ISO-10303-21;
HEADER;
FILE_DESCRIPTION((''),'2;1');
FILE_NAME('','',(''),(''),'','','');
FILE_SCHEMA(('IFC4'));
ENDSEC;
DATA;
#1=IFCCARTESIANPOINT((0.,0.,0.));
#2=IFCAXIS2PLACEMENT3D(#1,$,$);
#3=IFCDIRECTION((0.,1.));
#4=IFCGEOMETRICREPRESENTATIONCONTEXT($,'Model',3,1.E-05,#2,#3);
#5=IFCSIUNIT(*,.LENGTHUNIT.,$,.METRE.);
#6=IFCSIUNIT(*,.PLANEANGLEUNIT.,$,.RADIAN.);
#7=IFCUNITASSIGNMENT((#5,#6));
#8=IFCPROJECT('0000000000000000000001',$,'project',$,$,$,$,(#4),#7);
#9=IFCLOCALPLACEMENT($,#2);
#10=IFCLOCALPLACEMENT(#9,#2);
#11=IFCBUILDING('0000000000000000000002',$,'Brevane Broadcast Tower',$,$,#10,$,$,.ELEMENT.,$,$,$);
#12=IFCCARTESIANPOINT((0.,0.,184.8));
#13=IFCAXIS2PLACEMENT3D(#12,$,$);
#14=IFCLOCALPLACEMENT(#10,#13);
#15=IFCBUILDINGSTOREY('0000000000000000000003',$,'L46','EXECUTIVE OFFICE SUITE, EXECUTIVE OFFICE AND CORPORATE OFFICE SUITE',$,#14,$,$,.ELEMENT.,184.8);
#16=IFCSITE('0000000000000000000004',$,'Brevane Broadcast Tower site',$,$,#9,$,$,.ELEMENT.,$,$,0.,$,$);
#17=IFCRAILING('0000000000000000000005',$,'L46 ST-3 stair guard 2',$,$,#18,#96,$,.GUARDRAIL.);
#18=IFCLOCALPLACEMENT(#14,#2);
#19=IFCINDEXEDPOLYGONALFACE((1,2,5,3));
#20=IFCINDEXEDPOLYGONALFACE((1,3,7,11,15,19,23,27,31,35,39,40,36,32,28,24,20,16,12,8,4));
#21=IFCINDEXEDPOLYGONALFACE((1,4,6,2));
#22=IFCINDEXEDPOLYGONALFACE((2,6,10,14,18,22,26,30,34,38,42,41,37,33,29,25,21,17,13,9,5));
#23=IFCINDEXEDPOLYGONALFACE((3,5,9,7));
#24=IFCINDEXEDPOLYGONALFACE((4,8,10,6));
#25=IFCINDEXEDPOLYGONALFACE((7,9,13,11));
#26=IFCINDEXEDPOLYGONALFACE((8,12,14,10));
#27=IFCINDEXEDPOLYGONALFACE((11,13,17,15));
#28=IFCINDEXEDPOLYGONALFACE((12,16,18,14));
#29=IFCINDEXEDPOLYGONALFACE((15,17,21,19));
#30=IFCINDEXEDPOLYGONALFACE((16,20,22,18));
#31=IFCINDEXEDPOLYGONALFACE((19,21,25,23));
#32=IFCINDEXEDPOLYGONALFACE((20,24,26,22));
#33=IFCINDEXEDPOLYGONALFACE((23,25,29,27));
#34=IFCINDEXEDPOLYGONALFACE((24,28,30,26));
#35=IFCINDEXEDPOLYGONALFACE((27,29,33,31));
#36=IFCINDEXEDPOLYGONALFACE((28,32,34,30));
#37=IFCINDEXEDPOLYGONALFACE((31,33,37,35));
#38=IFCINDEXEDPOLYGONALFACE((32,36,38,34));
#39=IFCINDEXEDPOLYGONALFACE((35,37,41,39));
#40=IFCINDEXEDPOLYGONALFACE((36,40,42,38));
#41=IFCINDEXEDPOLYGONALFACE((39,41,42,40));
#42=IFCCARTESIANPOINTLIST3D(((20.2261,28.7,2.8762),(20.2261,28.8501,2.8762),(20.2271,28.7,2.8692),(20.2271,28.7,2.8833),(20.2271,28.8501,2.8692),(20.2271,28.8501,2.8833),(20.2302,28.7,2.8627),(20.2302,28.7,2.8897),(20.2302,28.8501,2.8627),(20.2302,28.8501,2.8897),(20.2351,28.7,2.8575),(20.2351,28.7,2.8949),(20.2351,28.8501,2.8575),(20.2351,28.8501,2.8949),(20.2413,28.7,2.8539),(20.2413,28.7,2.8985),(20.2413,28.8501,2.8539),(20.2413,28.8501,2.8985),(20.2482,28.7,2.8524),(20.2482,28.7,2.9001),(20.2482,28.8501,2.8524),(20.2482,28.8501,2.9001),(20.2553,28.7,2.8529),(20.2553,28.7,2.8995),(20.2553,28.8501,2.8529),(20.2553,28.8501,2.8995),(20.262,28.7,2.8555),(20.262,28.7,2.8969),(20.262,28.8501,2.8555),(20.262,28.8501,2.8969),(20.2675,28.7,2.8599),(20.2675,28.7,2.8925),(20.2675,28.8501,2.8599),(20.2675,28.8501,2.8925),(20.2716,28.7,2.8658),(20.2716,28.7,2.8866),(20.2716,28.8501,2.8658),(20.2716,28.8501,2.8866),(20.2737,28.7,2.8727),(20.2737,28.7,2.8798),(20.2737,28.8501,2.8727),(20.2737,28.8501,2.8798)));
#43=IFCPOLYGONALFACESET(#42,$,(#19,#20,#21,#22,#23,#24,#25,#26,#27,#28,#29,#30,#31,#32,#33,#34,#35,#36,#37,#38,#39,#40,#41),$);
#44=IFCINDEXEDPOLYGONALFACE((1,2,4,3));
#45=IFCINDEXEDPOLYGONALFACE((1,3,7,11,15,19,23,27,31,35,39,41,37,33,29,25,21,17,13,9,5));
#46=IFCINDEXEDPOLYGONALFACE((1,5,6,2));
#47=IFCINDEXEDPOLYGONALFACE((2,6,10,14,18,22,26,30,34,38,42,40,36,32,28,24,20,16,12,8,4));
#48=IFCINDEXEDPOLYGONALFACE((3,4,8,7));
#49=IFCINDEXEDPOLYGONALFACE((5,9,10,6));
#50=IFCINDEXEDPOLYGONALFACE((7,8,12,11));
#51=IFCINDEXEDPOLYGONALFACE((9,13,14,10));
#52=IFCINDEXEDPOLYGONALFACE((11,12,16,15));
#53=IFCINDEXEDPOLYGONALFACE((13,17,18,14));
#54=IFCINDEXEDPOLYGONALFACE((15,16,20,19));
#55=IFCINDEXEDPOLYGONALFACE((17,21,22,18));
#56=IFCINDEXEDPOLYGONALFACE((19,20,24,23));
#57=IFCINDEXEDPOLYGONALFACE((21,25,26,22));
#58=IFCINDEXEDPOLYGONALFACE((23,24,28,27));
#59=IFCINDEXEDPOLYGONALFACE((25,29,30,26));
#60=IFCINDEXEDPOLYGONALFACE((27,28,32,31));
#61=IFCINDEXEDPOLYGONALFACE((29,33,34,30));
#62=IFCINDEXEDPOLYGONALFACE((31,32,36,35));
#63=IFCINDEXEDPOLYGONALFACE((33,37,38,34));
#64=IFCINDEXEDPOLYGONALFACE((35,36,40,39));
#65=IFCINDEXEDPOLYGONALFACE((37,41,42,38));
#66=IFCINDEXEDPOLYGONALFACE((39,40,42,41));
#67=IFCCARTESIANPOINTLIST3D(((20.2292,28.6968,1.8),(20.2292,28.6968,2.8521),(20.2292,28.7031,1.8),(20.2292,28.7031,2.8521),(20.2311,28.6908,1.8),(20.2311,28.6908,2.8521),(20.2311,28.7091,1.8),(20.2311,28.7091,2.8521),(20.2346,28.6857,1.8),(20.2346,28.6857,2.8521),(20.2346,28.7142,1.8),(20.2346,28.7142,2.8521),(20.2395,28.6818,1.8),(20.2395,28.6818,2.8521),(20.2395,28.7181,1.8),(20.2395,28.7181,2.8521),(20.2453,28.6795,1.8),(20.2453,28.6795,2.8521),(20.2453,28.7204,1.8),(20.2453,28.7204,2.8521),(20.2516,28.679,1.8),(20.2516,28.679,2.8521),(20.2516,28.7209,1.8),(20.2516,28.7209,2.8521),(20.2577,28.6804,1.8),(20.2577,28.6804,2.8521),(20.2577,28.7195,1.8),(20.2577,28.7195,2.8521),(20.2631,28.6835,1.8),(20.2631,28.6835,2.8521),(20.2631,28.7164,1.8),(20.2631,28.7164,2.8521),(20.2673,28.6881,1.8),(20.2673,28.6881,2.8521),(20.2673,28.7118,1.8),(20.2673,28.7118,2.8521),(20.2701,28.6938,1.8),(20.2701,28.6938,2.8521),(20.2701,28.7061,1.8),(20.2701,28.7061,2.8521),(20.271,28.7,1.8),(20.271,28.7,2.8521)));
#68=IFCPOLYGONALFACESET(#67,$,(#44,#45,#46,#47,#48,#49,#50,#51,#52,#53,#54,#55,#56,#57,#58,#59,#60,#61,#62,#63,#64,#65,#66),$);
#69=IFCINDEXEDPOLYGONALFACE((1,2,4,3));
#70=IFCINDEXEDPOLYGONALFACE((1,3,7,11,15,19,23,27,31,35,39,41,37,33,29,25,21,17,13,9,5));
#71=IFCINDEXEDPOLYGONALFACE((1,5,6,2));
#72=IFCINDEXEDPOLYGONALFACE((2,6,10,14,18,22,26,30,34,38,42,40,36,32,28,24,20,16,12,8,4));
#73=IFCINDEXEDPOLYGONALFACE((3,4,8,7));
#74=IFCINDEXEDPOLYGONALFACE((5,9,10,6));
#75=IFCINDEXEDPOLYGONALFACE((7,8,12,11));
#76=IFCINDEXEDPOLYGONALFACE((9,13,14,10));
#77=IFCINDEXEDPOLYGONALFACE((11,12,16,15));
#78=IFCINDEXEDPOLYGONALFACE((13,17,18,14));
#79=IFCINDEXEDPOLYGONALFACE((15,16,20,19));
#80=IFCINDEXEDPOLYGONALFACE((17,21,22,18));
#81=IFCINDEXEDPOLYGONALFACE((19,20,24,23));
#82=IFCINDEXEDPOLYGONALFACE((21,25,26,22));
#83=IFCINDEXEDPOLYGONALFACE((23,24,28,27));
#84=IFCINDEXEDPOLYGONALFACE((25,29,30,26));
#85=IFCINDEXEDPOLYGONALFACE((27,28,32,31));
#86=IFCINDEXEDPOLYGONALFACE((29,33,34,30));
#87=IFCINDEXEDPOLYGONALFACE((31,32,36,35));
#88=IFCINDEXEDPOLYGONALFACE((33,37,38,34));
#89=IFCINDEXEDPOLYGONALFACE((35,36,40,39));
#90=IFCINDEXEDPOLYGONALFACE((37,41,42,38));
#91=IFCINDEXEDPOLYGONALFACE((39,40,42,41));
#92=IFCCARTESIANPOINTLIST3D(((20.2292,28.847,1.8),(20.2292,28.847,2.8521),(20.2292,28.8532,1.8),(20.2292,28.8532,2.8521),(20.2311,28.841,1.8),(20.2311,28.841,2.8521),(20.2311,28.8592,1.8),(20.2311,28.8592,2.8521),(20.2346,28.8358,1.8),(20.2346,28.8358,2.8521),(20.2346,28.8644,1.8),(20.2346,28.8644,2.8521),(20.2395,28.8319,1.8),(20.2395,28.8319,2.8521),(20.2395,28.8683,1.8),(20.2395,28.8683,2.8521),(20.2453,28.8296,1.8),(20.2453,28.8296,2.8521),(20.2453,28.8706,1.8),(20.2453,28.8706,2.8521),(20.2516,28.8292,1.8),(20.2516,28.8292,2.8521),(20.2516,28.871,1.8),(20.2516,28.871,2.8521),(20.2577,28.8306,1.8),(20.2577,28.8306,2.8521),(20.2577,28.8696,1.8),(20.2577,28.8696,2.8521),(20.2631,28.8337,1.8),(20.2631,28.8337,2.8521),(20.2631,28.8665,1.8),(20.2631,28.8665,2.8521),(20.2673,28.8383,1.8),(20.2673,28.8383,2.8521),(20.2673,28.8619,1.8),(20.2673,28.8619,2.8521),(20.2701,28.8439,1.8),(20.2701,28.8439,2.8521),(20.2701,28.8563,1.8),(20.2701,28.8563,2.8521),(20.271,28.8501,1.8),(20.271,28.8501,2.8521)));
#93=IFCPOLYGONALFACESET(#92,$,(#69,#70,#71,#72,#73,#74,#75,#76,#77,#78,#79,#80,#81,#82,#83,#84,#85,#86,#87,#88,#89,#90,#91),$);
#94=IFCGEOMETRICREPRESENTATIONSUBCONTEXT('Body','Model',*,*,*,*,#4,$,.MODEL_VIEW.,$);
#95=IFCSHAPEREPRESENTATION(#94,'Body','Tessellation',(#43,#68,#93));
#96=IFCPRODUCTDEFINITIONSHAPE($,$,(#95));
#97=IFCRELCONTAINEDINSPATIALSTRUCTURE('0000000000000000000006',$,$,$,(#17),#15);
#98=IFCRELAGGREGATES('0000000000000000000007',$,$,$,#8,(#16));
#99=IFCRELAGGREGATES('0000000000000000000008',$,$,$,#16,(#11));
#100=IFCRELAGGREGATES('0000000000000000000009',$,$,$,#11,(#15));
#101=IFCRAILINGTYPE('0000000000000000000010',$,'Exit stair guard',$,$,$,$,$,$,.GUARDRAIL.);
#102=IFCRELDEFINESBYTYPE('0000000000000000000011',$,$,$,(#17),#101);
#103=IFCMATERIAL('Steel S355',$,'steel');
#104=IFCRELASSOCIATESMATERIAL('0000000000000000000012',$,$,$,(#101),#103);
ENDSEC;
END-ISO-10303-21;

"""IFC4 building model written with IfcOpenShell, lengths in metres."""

from ifc_helpers import new_model, si_unit, direction, frame, origin, origin_2d, place, context, subcontext, project, spatial, circle, extrude, material, type_object, element, save


model = new_model("IFC4")

# Units and contexts
model_context = context("Model", 3, precision=1e-05, world=origin(), true_north=direction((0.0, 1.0)))
body_context = subcontext(model_context, "Body", "Model", "MODEL_VIEW")
ifc_project = project(units=[si_unit("LENGTHUNIT", "METRE"), si_unit("PLANEANGLEUNIT", "RADIAN")], contexts=[model_context])

# Site, building, storey
site_placement = place(None, origin())
site = spatial("IfcSite", under=ifc_project, at=site_placement, Name="Brevane Broadcast Tower site", CompositionType="ELEMENT", RefElevation=0.0)
building_placement = place(site_placement, origin())
building = spatial("IfcBuilding", under=site, at=building_placement, Name="Brevane Broadcast Tower", CompositionType="ELEMENT")
storey_placement = place(building_placement, frame((0.0, 0.0, 184.8)))
storey = spatial("IfcBuildingStorey", under=building, at=storey_placement, Name="L46", Description="EXECUTIVE OFFICE SUITE, EXECUTIVE OFFICE AND CORPORATE OFFICE SUITE", CompositionType="ELEMENT", Elevation=184.8)

# Railing
ifc_material_1 = material(Name="Steel S355", Category="steel")
railing_type_1 = type_object("IfcRailingType", Name="Exit stair guard", PredefinedType="GUARDRAIL", material=ifc_material_1)
railing_1_placement = place(storey_placement, frame((20.25, 28.7, 1.8)))
element("IfcRailing", 1, at=railing_1_placement, inside=storey, type_object=railing_type_1, Name="L46 ST-3 stair guard 2", PredefinedType="GUARDRAIL", context=body_context, shape_type="SweptSolid", body=[
    extrude(circle(Radius=0.0239, at=origin_2d()), frame((0.0, 0.0, 1.0762), z_axis=(0.0, 1.0, 0.0), x_axis=(-1.0, 0.0, 0.0)), (0.0, 0.0, 1.0), 0.1501),
    extrude(circle(Radius=0.021, at=origin_2d()), origin(), (0.0, 0.0, 1.0), 1.052),
    extrude(circle(Radius=0.021, at=origin_2d()), frame((0.0, 0.1501, 0.0)), (0.0, 0.0, 1.0), 1.052),
])

save(model, "model.ifc")
